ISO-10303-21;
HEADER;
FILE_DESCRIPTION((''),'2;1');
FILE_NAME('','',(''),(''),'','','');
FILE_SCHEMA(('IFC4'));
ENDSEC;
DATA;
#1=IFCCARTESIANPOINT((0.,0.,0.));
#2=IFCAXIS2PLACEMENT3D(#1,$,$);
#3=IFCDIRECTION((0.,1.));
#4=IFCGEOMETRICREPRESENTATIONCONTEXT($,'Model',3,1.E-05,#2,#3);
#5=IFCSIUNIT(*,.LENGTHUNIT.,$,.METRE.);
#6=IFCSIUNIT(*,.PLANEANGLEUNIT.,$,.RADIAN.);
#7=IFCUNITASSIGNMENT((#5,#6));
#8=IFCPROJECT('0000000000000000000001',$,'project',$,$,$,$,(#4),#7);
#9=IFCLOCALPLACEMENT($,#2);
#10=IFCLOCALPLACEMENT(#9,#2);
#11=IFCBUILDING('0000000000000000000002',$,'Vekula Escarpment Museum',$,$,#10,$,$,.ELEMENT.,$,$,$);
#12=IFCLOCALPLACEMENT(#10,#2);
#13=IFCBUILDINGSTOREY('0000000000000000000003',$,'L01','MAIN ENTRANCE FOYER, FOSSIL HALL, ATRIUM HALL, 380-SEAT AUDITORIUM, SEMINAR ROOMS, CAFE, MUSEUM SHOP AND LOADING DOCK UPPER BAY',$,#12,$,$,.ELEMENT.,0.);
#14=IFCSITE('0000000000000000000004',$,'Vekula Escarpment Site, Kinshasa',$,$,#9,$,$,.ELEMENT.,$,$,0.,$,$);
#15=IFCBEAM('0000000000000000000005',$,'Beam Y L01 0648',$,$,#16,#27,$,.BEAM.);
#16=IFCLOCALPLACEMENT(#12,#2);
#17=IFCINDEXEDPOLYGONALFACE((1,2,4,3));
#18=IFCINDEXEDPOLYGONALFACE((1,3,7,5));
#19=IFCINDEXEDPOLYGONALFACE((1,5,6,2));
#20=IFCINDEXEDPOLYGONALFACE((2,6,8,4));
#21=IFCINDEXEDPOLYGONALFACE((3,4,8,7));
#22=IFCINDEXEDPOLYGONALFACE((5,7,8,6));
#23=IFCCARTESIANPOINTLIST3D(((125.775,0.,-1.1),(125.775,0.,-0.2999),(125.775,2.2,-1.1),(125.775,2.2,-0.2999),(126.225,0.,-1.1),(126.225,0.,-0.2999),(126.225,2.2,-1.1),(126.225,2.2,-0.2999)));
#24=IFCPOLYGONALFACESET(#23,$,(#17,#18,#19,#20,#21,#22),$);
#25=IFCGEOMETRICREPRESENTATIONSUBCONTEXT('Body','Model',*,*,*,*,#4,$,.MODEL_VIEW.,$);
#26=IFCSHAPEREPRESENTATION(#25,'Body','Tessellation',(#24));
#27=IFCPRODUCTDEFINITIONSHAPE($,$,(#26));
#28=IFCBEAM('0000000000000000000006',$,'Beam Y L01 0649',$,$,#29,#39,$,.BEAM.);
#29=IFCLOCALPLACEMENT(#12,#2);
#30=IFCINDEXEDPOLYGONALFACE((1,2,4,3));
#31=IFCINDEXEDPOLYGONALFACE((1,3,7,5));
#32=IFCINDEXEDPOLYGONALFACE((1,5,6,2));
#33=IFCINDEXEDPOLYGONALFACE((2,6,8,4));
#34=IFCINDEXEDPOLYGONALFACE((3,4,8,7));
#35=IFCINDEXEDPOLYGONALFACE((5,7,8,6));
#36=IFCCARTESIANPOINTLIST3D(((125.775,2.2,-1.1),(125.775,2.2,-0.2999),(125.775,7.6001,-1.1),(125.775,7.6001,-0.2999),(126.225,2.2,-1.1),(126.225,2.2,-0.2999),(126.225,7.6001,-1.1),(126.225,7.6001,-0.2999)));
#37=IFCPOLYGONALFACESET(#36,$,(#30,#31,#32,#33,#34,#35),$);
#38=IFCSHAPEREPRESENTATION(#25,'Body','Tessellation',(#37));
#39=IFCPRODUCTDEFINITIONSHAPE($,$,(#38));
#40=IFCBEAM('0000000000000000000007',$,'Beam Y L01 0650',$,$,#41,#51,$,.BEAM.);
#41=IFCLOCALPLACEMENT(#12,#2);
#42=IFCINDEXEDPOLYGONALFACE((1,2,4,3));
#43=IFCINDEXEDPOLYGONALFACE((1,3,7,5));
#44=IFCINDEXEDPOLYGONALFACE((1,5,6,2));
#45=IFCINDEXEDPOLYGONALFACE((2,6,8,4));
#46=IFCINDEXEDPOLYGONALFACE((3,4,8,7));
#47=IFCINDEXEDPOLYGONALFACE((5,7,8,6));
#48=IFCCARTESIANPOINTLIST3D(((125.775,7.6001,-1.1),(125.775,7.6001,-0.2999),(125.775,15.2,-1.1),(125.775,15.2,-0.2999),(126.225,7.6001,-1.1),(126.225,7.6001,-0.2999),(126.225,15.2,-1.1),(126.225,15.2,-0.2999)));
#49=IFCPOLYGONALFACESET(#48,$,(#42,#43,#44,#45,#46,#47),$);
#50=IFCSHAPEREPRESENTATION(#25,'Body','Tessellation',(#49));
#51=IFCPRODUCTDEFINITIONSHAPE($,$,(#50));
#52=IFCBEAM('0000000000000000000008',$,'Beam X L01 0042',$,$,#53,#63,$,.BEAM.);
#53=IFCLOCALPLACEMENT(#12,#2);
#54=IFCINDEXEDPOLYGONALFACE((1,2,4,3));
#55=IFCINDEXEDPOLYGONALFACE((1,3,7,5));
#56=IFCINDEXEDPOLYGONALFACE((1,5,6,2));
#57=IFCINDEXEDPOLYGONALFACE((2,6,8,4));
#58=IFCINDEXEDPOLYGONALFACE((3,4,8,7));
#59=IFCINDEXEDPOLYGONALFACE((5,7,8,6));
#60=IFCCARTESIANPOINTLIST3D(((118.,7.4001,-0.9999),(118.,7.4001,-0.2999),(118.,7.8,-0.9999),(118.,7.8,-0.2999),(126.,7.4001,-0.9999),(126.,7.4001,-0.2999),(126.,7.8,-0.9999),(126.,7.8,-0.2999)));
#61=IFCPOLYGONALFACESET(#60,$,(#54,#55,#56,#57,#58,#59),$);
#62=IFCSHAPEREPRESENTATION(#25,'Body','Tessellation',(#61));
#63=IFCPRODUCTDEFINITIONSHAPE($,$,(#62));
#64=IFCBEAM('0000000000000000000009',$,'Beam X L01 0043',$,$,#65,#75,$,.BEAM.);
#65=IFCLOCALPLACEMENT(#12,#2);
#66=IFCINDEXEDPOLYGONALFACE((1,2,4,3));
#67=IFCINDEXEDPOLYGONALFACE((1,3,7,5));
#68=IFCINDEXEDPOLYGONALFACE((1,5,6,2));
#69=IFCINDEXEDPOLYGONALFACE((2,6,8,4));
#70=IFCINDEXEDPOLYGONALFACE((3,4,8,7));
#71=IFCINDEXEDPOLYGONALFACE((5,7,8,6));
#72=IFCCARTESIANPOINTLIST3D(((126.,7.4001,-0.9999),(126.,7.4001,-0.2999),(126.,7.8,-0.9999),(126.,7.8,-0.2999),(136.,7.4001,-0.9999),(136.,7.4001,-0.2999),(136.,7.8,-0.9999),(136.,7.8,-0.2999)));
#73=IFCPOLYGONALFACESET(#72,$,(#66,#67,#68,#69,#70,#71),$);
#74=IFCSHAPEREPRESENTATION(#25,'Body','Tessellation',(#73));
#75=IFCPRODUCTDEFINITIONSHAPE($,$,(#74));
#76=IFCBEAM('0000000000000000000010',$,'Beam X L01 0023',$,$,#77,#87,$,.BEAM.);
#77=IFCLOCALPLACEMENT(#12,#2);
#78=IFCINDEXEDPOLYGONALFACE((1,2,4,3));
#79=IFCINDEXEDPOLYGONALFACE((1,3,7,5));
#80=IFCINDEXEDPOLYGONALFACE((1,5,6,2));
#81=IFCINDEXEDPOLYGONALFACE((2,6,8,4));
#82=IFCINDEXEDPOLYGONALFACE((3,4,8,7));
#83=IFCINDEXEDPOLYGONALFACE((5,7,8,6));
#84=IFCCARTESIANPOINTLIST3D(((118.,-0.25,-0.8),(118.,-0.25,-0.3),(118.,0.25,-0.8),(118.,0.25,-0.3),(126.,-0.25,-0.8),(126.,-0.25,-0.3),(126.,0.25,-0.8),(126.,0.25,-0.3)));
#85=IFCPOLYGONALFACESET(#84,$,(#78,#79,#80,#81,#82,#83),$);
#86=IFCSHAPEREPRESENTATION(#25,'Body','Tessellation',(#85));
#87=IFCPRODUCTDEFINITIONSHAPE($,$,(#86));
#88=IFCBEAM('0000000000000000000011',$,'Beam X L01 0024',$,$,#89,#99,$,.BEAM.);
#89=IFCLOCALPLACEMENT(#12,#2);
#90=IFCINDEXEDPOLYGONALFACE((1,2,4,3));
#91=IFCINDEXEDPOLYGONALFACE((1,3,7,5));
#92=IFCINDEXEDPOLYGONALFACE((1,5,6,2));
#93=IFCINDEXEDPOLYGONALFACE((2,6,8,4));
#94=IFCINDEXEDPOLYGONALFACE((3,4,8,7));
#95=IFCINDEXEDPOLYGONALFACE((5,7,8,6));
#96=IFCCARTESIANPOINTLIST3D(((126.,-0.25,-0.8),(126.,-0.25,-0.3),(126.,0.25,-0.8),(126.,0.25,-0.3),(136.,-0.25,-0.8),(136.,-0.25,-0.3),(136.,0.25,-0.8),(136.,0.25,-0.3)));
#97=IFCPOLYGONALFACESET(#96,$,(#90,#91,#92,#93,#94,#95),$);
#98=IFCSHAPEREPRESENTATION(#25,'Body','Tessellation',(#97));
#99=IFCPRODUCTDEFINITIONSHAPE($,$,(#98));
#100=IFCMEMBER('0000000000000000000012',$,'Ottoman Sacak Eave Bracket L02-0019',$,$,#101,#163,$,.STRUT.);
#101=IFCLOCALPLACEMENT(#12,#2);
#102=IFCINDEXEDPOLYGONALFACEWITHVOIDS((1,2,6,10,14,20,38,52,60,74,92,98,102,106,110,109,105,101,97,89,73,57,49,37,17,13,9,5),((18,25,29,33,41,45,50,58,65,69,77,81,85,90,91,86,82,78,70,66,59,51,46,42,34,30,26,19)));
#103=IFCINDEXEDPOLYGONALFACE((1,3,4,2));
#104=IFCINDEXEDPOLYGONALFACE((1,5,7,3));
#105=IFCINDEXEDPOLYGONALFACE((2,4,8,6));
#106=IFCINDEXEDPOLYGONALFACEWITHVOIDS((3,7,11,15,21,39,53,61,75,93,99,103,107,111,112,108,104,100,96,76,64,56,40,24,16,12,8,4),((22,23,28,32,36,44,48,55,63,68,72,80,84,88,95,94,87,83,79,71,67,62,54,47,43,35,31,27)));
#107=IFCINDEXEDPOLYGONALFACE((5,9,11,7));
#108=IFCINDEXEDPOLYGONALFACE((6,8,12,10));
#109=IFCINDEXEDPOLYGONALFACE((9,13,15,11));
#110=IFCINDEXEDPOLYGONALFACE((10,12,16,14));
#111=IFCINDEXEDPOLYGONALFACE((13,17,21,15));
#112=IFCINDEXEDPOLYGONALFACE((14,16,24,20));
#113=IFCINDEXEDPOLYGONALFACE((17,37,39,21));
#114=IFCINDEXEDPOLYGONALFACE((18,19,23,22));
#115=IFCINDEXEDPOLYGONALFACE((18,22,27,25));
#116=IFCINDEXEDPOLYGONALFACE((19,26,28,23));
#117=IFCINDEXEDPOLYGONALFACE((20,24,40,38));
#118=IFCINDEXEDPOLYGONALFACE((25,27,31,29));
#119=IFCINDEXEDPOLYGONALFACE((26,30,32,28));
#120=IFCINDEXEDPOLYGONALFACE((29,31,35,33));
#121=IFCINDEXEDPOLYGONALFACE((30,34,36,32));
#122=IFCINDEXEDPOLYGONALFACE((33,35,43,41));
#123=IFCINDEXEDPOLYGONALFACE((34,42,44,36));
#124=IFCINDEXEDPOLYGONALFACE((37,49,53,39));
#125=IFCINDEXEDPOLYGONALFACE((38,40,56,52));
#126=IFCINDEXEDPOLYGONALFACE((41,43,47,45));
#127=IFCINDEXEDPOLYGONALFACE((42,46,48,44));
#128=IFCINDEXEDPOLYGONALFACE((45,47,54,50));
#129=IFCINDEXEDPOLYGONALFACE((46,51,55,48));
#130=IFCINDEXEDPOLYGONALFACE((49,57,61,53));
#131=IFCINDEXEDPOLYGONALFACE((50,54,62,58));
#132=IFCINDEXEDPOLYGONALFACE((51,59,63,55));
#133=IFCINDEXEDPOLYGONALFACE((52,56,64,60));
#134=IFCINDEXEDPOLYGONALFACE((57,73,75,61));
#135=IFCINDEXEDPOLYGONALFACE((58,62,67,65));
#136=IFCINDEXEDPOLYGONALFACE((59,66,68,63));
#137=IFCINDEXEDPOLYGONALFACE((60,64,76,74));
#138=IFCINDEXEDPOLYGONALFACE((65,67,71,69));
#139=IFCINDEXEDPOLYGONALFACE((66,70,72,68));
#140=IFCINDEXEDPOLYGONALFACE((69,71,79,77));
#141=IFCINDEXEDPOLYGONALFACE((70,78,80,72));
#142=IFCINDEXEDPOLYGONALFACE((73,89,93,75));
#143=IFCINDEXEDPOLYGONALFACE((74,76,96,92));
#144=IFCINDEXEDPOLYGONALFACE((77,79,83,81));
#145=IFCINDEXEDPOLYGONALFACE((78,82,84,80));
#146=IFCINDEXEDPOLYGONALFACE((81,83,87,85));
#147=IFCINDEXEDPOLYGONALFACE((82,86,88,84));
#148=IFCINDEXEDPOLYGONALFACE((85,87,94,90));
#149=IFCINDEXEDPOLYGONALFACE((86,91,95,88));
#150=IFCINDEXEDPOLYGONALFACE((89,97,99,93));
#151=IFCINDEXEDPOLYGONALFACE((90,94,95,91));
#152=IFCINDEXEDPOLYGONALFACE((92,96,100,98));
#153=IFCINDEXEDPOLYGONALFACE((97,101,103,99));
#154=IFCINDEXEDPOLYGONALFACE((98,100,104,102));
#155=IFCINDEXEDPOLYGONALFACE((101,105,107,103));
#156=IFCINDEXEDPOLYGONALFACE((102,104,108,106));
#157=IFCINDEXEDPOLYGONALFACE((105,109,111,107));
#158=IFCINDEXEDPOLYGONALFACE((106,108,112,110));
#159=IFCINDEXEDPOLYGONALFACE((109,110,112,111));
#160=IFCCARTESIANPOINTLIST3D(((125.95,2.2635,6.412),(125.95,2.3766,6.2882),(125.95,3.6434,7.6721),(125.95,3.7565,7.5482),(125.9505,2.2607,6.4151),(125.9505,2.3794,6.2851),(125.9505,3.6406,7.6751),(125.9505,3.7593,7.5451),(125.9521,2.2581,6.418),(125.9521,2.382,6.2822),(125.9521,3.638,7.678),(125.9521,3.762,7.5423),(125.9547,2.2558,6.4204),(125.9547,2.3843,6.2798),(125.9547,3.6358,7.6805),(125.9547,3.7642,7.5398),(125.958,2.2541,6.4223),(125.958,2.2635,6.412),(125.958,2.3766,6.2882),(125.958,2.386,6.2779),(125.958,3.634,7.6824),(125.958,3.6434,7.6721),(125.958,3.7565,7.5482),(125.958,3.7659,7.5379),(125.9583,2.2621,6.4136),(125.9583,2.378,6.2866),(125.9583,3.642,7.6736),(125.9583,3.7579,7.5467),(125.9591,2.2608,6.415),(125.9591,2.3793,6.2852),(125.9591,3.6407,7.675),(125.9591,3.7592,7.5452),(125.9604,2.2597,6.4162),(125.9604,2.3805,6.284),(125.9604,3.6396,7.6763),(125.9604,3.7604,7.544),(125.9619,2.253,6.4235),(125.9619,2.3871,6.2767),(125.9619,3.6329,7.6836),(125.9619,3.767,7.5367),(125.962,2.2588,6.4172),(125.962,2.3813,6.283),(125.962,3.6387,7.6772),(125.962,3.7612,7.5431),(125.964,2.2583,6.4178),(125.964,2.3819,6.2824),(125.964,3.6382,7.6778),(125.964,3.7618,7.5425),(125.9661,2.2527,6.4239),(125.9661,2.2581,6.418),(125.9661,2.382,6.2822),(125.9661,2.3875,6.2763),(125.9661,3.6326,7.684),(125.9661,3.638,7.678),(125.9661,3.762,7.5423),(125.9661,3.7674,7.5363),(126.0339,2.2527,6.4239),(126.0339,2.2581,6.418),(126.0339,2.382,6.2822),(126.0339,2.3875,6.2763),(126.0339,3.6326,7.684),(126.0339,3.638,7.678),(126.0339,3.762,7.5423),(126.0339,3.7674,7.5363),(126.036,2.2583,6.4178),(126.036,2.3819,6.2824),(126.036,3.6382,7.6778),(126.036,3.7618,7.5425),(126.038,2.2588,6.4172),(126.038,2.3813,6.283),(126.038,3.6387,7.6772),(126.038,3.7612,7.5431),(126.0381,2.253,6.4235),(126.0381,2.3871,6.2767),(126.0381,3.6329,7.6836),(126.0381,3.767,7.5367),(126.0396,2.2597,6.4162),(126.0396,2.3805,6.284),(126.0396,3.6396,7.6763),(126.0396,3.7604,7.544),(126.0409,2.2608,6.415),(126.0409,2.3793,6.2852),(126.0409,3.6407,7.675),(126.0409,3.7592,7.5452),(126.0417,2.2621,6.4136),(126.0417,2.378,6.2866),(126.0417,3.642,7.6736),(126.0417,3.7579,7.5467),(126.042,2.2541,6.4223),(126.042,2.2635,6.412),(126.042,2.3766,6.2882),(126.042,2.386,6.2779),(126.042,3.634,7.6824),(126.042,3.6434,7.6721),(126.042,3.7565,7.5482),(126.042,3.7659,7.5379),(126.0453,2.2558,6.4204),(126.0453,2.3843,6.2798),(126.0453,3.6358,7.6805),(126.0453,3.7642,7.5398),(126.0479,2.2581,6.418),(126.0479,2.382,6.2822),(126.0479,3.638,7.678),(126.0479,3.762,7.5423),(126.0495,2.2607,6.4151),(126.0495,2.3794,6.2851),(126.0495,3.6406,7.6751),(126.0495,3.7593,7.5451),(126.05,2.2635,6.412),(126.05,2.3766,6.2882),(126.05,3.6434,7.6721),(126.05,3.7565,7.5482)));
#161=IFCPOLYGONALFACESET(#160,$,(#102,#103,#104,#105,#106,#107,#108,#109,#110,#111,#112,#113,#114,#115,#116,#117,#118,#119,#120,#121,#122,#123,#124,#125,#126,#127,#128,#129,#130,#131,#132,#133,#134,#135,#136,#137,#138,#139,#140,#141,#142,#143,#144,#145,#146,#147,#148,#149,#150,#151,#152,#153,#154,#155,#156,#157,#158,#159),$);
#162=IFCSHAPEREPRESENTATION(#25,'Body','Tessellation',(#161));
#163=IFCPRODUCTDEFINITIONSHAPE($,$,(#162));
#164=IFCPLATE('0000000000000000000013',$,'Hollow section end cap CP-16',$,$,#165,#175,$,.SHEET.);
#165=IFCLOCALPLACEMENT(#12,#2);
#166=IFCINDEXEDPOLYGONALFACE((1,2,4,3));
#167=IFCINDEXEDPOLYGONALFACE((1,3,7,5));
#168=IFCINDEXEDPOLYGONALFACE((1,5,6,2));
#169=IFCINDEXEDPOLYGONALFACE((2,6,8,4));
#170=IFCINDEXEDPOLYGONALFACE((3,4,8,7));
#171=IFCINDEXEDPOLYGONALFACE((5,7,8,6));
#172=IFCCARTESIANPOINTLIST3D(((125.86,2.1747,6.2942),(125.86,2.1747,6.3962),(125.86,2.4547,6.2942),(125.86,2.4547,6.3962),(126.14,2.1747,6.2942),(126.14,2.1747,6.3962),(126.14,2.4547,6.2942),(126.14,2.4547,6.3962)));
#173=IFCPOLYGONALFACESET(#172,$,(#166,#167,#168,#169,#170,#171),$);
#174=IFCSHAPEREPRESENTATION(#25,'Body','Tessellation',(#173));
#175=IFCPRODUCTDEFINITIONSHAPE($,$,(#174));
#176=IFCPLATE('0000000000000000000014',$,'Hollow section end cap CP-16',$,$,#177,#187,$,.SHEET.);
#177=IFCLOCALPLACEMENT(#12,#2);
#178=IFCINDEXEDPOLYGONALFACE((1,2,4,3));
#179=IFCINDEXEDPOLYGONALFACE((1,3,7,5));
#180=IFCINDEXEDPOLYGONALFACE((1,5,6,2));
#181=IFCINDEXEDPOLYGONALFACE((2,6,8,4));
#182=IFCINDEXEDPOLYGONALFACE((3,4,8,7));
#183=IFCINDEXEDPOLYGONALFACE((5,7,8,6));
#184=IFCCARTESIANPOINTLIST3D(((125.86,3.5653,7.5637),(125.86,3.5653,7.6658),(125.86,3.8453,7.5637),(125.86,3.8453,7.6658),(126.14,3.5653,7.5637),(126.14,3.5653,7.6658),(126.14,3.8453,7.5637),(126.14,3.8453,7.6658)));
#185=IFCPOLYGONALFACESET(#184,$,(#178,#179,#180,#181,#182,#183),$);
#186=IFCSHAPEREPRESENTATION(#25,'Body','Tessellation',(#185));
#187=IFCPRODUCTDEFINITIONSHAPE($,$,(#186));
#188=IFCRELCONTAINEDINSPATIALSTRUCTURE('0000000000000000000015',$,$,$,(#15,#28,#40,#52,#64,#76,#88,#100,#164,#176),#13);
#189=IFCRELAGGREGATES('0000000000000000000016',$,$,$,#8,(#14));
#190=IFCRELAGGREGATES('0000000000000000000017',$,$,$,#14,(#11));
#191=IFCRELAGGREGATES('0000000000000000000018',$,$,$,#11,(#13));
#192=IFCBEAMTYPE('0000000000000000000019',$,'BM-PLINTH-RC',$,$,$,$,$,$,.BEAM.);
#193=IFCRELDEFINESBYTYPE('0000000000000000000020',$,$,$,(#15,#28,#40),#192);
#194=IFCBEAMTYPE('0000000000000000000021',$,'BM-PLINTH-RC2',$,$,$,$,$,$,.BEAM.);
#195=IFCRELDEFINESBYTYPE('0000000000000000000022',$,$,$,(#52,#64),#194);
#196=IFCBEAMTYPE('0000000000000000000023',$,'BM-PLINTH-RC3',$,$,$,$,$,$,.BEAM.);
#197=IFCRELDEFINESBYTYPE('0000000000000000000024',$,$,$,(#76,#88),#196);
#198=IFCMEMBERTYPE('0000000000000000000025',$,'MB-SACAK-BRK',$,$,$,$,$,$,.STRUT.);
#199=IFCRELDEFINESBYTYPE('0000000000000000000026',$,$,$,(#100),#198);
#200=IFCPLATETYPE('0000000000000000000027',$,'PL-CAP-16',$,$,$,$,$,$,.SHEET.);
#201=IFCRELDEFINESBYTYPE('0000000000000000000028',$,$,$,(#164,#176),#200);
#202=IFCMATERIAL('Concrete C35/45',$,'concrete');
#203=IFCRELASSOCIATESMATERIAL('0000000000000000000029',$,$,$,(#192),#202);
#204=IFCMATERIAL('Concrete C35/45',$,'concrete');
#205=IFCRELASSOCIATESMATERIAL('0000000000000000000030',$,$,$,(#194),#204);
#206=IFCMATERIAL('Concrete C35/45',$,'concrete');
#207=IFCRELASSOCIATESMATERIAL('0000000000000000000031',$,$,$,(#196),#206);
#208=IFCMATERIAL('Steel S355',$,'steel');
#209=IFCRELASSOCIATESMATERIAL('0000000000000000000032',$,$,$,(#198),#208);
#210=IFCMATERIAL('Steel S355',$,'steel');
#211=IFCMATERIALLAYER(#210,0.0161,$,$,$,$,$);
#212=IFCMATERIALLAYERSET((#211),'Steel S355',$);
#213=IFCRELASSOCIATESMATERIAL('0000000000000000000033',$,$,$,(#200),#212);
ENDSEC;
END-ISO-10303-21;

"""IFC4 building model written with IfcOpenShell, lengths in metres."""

from ifc_helpers import new_model, si_unit, direction, frame, origin, origin_2d, place, context, subcontext, project, spatial, rectangle, hollow_rectangle, extrude, material, layer, layer_set, material_profile, profile_set, type_object, element, save


model = new_model("IFC4")

# Units and contexts
model_context = context("Model", 3, precision=1e-05, world=origin(), true_north=direction((0.0, 1.0)))
body_context = subcontext(model_context, "Body", "Model", "MODEL_VIEW")
ifc_project = project(units=[si_unit("LENGTHUNIT", "METRE"), si_unit("PLANEANGLEUNIT", "RADIAN")], contexts=[model_context])

# Site, building, storey
site_placement = place(None, origin())
site = spatial("IfcSite", under=ifc_project, at=site_placement, Name="Vekula Escarpment Site, Kinshasa", CompositionType="ELEMENT", RefElevation=0.0)
building_placement = place(site_placement, origin())
building = spatial("IfcBuilding", under=site, at=building_placement, Name="Vekula Escarpment Museum", CompositionType="ELEMENT")
storey_placement = place(building_placement, origin())
storey = spatial("IfcBuildingStorey", under=building, at=storey_placement, Name="L01", Description="MAIN ENTRANCE FOYER, FOSSIL HALL, ATRIUM HALL, 380-SEAT AUDITORIUM, SEMINAR ROOMS, CAFE, MUSEUM SHOP AND LOADING DOCK UPPER BAY", CompositionType="ELEMENT", Elevation=0.0)

# Beams
ifc_material_1 = material(Name="Concrete C35/45", Category="concrete")
ifc_material_profile_1 = material_profile(ifc_material_1, rectangle(XDim=0.45, YDim=0.8, at=origin_2d()), Name="RC 450x800")
ifc_profile_set_1 = profile_set([ifc_material_profile_1], Name="Concrete C35/45")
beam_type_1 = type_object("IfcBeamType", Name="BM-PLINTH-RC", PredefinedType="BEAM", material=ifc_profile_set_1)
beam_1_placement = place(storey_placement, frame((126.0, 0.0, -0.7), z_axis=(0.0, 1.0, 0.0), x_axis=(-1.0, 0.0, 0.0)))
element("IfcBeam", 1, at=beam_1_placement, inside=storey, type_object=beam_type_1, Name="Beam Y L01 0648", PredefinedType="BEAM", context=body_context, shape_type="SweptSolid", body=[
    extrude(rectangle(XDim=0.45, YDim=0.8, at=origin_2d()), origin(), (0.0, 0.0, 1.0), 2.2),
])
beam_2_placement = place(storey_placement, frame((126.0, 2.2, -0.7), z_axis=(0.0, 1.0, 0.0), x_axis=(-1.0, 0.0, 0.0)))
element("IfcBeam", 2, at=beam_2_placement, inside=storey, type_object=beam_type_1, Name="Beam Y L01 0649", PredefinedType="BEAM", context=body_context, shape_type="SweptSolid", body=[
    extrude(rectangle(XDim=0.45, YDim=0.8, at=origin_2d()), origin(), (0.0, 0.0, 1.0), 5.4001),
])
beam_3_placement = place(storey_placement, frame((126.0, 7.6001, -0.7), z_axis=(0.0, 1.0, 0.0), x_axis=(-1.0, 0.0, 0.0)))
element("IfcBeam", 3, at=beam_3_placement, inside=storey, type_object=beam_type_1, Name="Beam Y L01 0650", PredefinedType="BEAM", context=body_context, shape_type="SweptSolid", body=[
    extrude(rectangle(XDim=0.45, YDim=0.8, at=origin_2d()), origin(), (0.0, 0.0, 1.0), 7.5999),
])
ifc_material_2 = material(Name="Concrete C35/45", Category="concrete")
ifc_material_profile_2 = material_profile(ifc_material_2, rectangle(XDim=0.3999, YDim=0.7, at=origin_2d()), Name="RC 400x700")
ifc_profile_set_2 = profile_set([ifc_material_profile_2], Name="Concrete C35/45")
beam_type_2 = type_object("IfcBeamType", Name="BM-PLINTH-RC2", PredefinedType="BEAM", material=ifc_profile_set_2)
beam_4_placement = place(storey_placement, frame((118.0, 7.6001, -0.6499), z_axis=(1.0, 0.0, 0.0), x_axis=(0.0, 1.0, 0.0)))
element("IfcBeam", 4, at=beam_4_placement, inside=storey, type_object=beam_type_2, Name="Beam X L01 0042", PredefinedType="BEAM", context=body_context, shape_type="SweptSolid", body=[
    extrude(rectangle(XDim=0.3999, YDim=0.7, at=origin_2d()), origin(), (0.0, 0.0, 1.0), 8.0),
])
beam_5_placement = place(storey_placement, frame((126.0, 7.6001, -0.6499), z_axis=(1.0, 0.0, 0.0), x_axis=(0.0, 1.0, 0.0)))
element("IfcBeam", 5, at=beam_5_placement, inside=storey, type_object=beam_type_2, Name="Beam X L01 0043", PredefinedType="BEAM", context=body_context, shape_type="SweptSolid", body=[
    extrude(rectangle(XDim=0.3999, YDim=0.7, at=origin_2d()), origin(), (0.0, 0.0, 1.0), 10.0),
])
ifc_material_3 = material(Name="Concrete C35/45", Category="concrete")
ifc_material_profile_3 = material_profile(ifc_material_3, rectangle(XDim=0.5, YDim=0.5, at=origin_2d()), Name="RC 500x500")
ifc_profile_set_3 = profile_set([ifc_material_profile_3], Name="Concrete C35/45")
beam_type_3 = type_object("IfcBeamType", Name="BM-PLINTH-RC3", PredefinedType="BEAM", material=ifc_profile_set_3)
beam_6_placement = place(storey_placement, frame((118.0, 0.0, -0.55), z_axis=(1.0, 0.0, 0.0), x_axis=(0.0, 1.0, 0.0)))
element("IfcBeam", 6, at=beam_6_placement, inside=storey, type_object=beam_type_3, Name="Beam X L01 0023", PredefinedType="BEAM", context=body_context, shape_type="SweptSolid", body=[
    extrude(rectangle(XDim=0.5, YDim=0.5, at=origin_2d()), origin(), (0.0, 0.0, 1.0), 8.0),
])
beam_7_placement = place(storey_placement, frame((126.0, 0.0, -0.55), z_axis=(1.0, 0.0, 0.0), x_axis=(0.0, 1.0, 0.0)))
element("IfcBeam", 7, at=beam_7_placement, inside=storey, type_object=beam_type_3, Name="Beam X L01 0024", PredefinedType="BEAM", context=body_context, shape_type="SweptSolid", body=[
    extrude(rectangle(XDim=0.5, YDim=0.5, at=origin_2d()), origin(), (0.0, 0.0, 1.0), 10.0),
])

# Member
ifc_material_4 = material(Name="Steel S355", Category="steel")
ifc_material_profile_4 = material_profile(ifc_material_4, hollow_rectangle(XDim=0.1001, YDim=0.2, WallThickness=0.0081, InnerFilletRadius=0.0081, OuterFilletRadius=0.0161, at=origin_2d()), Name="RHS 200x100x8")
ifc_profile_set_4 = profile_set([ifc_material_profile_4], Name="Steel S355")
member_type = type_object("IfcMemberType", Name="MB-SACAK-BRK", PredefinedType="STRUT", material=ifc_profile_set_4)
member_placement = place(storey_placement, frame((126.0, 2.3201, 6.3501), z_axis=(0.0, 0.738454, 0.674303), x_axis=(-1.0, 0.0, 0.0)))
element("IfcMember", 8, at=member_placement, inside=storey, type_object=member_type, Name="Ottoman Sacak Eave Bracket L02-0019", PredefinedType="STRUT", context=body_context, shape_type="SweptSolid", body=[
    extrude(hollow_rectangle(XDim=0.1001, YDim=0.2, WallThickness=0.0081, InnerFilletRadius=0.0081, OuterFilletRadius=0.0161, at=origin_2d()), origin(), (0.0, 0.0, 1.0), 1.8687),
])

# Plates
ifc_material_5 = material(Name="Steel S355", Category="steel")
ifc_layer_1 = layer(ifc_material_5, 0.0161)
ifc_layer_set_1 = layer_set([ifc_layer_1], Name="Steel S355")
plate_type = type_object("IfcPlateType", Name="PL-CAP-16", PredefinedType="SHEET", material=ifc_layer_set_1)
for number, where, z_axis, x_axis, name in (
    (9, (126.0, 2.3147, 6.2942), (0.0, 0.0, 1.0), (1.0, 0.0, 0.0), "Hollow section end cap CP-16"),
    (10, (126.0, 3.7053, 7.5637), (0.0, 0.0, 1.0), (1.0, 0.0, 0.0), "Hollow section end cap CP-16"),
):
    element("IfcPlate", number, at=place(storey_placement, frame(where, z_axis=z_axis, x_axis=x_axis)), inside=storey, type_object=plate_type, Name=name, PredefinedType="SHEET", context=body_context, shape_type="SweptSolid", body=[
        extrude(rectangle(XDim=0.28, YDim=0.28, at=origin_2d()), origin(), (0.0, 0.0, 1.0), 0.1021),
    ])

save(model, "model.ifc")
